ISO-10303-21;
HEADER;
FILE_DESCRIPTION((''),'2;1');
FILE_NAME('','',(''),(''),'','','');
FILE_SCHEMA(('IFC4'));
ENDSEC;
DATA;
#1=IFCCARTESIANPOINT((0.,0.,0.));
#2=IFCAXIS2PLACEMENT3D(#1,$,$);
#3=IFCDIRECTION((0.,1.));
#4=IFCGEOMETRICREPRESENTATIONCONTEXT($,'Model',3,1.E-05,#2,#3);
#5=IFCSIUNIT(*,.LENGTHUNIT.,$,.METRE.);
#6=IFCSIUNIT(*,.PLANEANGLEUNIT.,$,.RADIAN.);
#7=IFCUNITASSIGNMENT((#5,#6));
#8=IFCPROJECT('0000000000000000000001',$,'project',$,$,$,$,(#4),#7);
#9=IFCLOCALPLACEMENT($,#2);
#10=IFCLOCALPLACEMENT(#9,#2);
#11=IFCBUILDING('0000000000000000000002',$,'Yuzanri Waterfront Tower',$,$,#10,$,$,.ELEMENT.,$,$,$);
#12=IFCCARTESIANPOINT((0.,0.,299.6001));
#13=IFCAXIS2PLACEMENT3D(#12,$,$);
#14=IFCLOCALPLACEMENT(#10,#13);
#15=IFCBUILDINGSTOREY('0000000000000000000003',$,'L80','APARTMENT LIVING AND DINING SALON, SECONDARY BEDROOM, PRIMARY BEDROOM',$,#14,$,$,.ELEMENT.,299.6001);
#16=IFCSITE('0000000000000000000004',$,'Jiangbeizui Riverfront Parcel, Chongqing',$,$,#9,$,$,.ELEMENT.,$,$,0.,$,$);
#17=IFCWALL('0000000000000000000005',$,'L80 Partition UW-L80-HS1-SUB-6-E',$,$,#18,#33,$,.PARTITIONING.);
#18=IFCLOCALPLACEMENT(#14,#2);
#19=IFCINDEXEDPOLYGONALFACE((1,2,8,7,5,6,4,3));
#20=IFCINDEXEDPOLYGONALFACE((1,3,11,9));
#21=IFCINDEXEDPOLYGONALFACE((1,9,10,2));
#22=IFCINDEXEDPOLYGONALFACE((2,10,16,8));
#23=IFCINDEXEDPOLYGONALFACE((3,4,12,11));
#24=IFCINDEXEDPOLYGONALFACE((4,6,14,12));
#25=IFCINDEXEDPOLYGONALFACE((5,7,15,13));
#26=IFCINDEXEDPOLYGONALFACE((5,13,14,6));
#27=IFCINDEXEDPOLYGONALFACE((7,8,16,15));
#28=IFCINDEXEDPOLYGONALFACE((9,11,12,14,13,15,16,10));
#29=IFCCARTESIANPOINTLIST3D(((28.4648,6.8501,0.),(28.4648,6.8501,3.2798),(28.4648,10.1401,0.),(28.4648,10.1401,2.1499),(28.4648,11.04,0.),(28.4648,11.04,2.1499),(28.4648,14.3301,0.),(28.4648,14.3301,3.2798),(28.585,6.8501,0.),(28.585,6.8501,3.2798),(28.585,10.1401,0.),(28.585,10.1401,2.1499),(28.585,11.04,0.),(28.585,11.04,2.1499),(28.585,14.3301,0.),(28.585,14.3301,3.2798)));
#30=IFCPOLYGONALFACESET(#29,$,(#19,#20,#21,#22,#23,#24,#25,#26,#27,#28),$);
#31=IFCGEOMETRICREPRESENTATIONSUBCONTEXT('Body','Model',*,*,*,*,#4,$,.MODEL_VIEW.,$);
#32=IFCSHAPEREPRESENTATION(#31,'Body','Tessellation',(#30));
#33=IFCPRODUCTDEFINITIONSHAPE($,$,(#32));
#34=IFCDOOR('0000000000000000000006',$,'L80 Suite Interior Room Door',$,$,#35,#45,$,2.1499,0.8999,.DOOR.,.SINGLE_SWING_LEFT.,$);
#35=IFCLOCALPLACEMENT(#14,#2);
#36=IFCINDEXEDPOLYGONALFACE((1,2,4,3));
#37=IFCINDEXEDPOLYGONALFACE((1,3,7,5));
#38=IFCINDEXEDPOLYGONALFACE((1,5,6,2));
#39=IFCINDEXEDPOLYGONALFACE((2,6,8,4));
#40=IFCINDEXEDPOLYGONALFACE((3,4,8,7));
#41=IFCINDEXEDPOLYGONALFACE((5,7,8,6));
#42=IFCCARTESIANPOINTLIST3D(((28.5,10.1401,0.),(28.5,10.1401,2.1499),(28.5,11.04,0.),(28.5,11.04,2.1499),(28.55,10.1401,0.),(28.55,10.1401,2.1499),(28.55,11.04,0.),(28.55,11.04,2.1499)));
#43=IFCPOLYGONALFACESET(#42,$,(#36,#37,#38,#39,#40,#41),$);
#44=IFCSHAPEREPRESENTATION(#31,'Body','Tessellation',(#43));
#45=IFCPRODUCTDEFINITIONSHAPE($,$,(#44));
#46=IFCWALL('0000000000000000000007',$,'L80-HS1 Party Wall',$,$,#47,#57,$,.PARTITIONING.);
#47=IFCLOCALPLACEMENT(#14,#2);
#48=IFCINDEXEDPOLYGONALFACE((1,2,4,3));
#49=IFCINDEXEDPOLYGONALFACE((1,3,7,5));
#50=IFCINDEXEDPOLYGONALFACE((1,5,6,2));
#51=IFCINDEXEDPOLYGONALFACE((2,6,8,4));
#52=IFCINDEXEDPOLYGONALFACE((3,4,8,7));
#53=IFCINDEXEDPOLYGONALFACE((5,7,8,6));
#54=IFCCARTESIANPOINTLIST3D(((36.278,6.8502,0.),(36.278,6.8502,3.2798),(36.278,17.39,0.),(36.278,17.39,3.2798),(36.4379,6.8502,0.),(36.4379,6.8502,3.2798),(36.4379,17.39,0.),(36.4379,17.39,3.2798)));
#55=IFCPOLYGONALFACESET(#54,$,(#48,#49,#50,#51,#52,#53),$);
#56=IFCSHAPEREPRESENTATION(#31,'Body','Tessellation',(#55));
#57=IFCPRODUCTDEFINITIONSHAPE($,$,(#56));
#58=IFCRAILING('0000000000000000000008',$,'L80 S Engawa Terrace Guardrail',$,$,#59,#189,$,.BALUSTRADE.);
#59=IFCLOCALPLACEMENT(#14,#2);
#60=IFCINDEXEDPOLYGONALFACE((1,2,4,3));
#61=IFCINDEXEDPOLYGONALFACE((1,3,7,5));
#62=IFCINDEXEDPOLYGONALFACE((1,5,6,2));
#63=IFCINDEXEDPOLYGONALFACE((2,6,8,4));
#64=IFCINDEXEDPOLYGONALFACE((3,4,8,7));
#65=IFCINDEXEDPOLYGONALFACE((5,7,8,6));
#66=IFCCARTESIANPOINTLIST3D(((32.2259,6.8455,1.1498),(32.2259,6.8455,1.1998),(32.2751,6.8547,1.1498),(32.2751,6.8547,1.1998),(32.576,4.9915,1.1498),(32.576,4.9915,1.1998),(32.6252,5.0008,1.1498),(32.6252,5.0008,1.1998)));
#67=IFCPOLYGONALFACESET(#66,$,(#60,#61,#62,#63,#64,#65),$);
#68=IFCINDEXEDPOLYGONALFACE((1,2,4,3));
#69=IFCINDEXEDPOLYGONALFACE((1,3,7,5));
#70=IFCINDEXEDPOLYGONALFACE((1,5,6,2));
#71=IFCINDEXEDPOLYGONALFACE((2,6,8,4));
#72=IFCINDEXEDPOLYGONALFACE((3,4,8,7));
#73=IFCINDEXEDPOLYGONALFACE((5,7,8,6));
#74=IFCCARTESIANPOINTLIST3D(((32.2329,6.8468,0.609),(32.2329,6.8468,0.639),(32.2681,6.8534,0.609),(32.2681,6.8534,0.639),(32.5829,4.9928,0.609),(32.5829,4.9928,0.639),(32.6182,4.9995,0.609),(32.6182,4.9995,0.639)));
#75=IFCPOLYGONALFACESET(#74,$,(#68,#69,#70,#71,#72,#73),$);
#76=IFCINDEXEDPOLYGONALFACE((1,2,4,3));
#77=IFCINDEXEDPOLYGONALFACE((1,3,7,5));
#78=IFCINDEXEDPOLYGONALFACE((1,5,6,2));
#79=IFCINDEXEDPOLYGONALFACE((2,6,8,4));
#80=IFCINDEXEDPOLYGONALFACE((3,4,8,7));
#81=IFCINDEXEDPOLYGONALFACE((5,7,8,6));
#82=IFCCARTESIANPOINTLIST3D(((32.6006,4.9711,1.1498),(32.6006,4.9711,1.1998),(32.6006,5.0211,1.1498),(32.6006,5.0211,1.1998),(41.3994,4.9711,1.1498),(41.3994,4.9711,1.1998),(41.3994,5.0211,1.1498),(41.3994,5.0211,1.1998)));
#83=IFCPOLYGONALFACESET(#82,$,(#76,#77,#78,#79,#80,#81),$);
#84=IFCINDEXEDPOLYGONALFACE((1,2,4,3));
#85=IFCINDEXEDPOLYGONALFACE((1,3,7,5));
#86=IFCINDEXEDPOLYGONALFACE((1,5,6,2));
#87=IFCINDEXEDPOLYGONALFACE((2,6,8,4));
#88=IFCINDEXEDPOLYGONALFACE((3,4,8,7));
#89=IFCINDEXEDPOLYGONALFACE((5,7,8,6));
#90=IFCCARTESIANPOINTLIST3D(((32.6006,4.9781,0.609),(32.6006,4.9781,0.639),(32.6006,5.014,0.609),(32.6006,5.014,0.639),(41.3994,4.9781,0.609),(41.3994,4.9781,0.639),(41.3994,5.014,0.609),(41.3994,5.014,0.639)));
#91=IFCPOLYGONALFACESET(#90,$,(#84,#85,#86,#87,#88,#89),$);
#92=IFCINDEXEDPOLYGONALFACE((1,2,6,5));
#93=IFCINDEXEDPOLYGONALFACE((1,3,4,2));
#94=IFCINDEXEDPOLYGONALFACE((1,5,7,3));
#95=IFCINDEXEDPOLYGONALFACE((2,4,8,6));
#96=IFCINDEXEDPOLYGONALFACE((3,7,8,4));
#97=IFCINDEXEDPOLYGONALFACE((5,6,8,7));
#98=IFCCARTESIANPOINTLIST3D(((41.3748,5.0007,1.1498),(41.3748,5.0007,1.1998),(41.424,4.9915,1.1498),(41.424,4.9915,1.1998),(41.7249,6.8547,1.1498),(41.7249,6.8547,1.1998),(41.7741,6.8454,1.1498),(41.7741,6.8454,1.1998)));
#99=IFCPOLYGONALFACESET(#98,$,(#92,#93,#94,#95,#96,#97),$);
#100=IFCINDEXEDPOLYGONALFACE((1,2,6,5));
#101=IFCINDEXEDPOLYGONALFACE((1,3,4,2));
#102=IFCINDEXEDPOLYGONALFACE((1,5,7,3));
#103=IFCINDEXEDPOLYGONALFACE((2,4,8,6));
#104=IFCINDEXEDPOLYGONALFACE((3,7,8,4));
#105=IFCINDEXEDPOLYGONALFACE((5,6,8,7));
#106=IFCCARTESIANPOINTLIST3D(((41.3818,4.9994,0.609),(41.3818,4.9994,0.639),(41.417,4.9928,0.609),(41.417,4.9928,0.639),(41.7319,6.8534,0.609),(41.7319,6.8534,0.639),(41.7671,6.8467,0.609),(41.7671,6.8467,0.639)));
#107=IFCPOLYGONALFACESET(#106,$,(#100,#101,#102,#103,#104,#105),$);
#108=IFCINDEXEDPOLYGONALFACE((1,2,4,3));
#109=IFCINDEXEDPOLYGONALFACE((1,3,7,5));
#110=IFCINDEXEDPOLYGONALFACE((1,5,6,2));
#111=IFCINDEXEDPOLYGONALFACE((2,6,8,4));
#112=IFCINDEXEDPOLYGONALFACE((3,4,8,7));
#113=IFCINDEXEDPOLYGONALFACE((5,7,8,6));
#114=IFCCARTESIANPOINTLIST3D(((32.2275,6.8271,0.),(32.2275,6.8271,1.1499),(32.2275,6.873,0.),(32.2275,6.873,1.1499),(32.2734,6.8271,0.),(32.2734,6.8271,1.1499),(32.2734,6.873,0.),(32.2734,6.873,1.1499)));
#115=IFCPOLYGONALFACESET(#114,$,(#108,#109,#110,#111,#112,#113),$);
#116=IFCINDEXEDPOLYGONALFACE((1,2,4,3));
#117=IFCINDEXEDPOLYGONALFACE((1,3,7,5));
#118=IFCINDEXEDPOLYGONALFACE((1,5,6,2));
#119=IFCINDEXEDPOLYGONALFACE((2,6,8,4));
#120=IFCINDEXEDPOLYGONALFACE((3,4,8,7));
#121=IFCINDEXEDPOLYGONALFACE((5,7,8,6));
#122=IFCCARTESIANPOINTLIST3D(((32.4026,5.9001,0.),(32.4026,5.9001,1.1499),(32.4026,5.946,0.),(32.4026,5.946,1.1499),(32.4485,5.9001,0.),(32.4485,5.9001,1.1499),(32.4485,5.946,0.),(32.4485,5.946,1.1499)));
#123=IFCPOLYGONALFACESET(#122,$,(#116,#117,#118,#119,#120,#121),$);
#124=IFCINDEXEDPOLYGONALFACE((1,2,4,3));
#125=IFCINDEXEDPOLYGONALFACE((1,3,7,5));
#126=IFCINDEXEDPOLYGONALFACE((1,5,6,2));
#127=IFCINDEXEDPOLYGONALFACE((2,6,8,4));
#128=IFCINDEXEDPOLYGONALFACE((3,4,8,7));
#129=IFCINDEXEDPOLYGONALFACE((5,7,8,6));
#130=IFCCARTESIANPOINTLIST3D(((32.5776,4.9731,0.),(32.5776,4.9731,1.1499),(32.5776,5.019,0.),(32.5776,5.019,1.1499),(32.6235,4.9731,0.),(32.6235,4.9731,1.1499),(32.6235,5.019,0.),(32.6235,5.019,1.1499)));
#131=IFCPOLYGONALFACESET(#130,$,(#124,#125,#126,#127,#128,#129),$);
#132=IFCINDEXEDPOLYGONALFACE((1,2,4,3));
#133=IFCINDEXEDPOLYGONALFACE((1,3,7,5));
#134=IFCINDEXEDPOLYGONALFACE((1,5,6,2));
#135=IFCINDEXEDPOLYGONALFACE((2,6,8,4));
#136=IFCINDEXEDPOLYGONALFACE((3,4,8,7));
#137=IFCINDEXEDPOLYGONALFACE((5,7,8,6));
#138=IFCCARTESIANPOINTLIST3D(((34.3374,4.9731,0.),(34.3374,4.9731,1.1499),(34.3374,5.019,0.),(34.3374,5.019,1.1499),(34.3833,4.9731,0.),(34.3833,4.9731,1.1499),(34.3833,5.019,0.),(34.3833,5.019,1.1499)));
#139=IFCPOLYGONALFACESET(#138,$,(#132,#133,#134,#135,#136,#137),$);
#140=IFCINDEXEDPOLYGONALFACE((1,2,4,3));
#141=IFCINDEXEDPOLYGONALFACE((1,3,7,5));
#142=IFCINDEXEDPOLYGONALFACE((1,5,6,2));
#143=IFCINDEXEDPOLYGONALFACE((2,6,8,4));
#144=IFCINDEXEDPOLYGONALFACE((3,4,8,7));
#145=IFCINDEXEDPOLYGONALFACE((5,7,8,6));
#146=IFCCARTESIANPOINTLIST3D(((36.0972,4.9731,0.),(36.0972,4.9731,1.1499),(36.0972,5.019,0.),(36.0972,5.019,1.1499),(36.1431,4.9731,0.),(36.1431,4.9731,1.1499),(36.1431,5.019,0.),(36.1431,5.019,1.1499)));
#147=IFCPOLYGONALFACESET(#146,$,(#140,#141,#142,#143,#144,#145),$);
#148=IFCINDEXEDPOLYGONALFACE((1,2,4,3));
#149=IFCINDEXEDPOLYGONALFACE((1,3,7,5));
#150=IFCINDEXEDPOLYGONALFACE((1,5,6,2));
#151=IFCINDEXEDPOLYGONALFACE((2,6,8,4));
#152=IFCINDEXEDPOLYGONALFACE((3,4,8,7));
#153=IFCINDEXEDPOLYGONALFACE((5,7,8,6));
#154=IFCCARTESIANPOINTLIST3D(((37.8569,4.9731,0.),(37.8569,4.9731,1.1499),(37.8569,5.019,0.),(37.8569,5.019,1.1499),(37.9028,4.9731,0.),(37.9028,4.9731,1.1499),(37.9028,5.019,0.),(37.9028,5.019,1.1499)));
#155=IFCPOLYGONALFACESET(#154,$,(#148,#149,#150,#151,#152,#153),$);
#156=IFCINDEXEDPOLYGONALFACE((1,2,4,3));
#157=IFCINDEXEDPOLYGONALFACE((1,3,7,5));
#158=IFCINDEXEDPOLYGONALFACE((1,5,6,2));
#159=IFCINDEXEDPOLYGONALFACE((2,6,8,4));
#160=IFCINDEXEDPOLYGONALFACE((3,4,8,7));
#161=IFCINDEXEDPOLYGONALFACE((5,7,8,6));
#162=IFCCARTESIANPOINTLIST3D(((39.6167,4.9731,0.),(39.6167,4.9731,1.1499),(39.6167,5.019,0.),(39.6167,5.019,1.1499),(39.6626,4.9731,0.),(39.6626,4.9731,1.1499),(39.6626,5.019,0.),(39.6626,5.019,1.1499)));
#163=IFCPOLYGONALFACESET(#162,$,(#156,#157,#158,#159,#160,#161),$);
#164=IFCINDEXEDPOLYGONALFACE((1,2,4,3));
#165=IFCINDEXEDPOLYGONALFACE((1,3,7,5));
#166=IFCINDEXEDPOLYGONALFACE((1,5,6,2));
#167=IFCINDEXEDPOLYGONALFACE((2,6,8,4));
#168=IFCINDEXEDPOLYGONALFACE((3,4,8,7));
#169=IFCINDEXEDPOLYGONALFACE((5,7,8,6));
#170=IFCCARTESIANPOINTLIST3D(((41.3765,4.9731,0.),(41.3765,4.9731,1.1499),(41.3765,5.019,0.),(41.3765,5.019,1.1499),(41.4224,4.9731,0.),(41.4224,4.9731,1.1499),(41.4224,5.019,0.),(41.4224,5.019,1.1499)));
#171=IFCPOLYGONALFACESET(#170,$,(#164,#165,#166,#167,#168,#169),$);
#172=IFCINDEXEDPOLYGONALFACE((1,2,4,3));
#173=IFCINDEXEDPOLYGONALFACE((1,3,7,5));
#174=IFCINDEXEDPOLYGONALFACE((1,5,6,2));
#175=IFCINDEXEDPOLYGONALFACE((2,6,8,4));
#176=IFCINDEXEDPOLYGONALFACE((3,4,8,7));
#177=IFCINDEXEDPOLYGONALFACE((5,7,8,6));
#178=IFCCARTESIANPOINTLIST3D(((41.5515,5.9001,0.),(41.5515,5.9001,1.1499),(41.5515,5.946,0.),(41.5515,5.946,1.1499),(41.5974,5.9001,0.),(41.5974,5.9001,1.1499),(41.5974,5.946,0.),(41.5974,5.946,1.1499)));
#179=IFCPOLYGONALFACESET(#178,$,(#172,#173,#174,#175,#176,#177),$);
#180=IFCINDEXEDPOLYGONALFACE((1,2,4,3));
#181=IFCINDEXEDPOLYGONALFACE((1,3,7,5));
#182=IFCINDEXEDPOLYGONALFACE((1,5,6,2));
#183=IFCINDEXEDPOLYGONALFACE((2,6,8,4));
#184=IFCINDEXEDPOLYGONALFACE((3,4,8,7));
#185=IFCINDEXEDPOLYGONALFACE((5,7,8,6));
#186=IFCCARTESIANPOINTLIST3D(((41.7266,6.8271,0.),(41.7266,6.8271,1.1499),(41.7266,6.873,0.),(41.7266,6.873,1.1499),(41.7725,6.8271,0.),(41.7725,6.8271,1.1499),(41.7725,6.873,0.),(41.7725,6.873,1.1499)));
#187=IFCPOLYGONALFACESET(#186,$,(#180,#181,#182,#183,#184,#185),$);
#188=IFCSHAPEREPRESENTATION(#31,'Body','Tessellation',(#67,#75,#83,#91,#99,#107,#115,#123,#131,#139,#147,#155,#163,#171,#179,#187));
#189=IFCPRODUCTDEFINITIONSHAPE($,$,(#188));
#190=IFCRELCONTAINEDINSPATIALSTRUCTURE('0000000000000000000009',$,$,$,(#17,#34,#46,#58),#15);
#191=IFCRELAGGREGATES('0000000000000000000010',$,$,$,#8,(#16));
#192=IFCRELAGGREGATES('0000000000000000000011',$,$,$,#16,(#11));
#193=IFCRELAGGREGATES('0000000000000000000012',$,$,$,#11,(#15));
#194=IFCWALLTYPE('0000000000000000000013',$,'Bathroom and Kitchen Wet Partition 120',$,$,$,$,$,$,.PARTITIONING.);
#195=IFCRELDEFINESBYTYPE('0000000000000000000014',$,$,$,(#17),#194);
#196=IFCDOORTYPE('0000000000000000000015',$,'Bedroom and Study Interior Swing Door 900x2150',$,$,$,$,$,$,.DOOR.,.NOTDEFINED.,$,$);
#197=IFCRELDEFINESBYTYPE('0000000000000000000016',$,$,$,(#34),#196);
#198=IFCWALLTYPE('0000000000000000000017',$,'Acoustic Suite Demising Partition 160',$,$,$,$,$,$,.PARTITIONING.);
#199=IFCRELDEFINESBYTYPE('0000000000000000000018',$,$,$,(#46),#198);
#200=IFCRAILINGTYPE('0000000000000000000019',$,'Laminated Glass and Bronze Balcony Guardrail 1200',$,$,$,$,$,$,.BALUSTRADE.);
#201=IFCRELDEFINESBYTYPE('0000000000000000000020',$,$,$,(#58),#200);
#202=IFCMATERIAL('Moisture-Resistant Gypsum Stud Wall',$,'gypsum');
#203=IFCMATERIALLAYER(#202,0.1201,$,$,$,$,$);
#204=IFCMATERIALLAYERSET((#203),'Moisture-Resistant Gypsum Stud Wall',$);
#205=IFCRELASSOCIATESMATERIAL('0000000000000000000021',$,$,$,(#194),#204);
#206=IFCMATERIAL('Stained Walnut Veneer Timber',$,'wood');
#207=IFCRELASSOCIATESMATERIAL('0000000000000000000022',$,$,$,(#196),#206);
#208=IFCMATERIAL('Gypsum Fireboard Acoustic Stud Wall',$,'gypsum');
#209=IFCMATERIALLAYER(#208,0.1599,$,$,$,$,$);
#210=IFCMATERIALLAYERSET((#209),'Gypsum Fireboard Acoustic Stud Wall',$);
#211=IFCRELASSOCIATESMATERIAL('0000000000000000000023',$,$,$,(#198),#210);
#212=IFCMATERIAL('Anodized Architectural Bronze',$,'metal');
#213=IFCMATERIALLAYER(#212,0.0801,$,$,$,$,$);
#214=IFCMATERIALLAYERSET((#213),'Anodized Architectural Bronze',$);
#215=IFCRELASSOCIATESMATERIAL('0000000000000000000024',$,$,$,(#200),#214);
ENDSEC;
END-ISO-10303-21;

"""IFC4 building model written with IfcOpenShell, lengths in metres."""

from ifc_helpers import new_model, si_unit, direction, frame, frame_2d, origin, origin_2d, place, context, subcontext, project, spatial, rectangle, extrude, source, transform, mapped, material, layer, layer_set, type_object, element, fill, save


model = new_model("IFC4")

# Units and contexts
model_context = context("Model", 3, precision=1e-05, world=origin(), true_north=direction((0.0, 1.0)))
body_context = subcontext(model_context, "Body", "Model", "MODEL_VIEW")
ifc_project = project(units=[si_unit("LENGTHUNIT", "METRE"), si_unit("PLANEANGLEUNIT", "RADIAN")], contexts=[model_context])

# Site, building, storey
site_placement = place(None, origin())
site = spatial("IfcSite", under=ifc_project, at=site_placement, Name="Jiangbeizui Riverfront Parcel, Chongqing", CompositionType="ELEMENT", RefElevation=0.0)
building_placement = place(site_placement, origin())
building = spatial("IfcBuilding", under=site, at=building_placement, Name="Yuzanri Waterfront Tower", CompositionType="ELEMENT")
storey_placement = place(building_placement, frame((0.0, 0.0, 299.6001)))
storey = spatial("IfcBuildingStorey", under=building, at=storey_placement, Name="L80", Description="APARTMENT LIVING AND DINING SALON, SECONDARY BEDROOM, PRIMARY BEDROOM", CompositionType="ELEMENT", Elevation=299.6001)

# Wall, opening, door
ifc_material_1 = material(Name="Moisture-Resistant Gypsum Stud Wall", Category="gypsum")
ifc_layer_1 = layer(ifc_material_1, 0.1201)
ifc_layer_set_1 = layer_set([ifc_layer_1], Name="Moisture-Resistant Gypsum Stud Wall")
wall_type_1 = type_object("IfcWallType", Name="Bathroom and Kitchen Wet Partition 120", PredefinedType="PARTITIONING", material=ifc_layer_set_1)
ifc_material_2 = material(Name="Stained Walnut Veneer Timber", Category="wood")
door_type = type_object("IfcDoorType", Name="Bedroom and Study Interior Swing Door 900x2150", OperationType="NOTDEFINED", PredefinedType="DOOR", material=ifc_material_2)
shared_shape_1 = source(origin(), body_context, "Body", "SweptSolid", [
    extrude(rectangle(XDim=0.8999, YDim=2.1499, at=frame_2d((0.45, 1.075))), frame((0.0, 0.0249, 0.0), z_axis=(0.0, -1.0, 0.0), x_axis=(1.0, 0.0, 0.0)), (0.0, 0.0, 1.0), 0.05),
])
wall_1_placement = place(storey_placement, frame((28.5249, 6.8501, 0.0), z_axis=(0.0, 0.0, 1.0), x_axis=(0.0, 1.0, 0.0)))
wall_1 = element("IfcWall", 1, at=wall_1_placement, inside=storey, type_object=wall_type_1, Name="L80 Partition UW-L80-HS1-SUB-6-E", PredefinedType="PARTITIONING", context=body_context, shape_type="SweptSolid", body=[
    extrude(rectangle(XDim=7.48, YDim=0.1201, at=frame_2d((3.74, 0.0))), origin(), (0.0, 0.0, 1.0), 3.2798),
])
opening_1_placement = place(wall_1_placement, frame((3.29, 0.0, 0.0)))
opening_1 = element("IfcOpeningElement", 2, at=opening_1_placement, cuts=wall_1, PredefinedType="OPENING", context=body_context, shape_type="SweptSolid", body=[
    extrude(rectangle(XDim=0.8999, YDim=2.1499, at=frame_2d((0.45, 1.075))), frame((0.0, 0.075, 0.0), z_axis=(0.0, -1.0, 0.0), x_axis=(1.0, 0.0, 0.0)), (0.0, 0.0, 1.0), 0.1499),
])
door_1_placement = place(opening_1_placement, origin())
door_1 = element("IfcDoor", 3, at=door_1_placement, inside=storey, type_object=door_type, Name="L80 Suite Interior Room Door", OperationType="SINGLE_SWING_LEFT", OverallHeight=2.1499, OverallWidth=0.8999, PredefinedType="DOOR", context=body_context, shape_type="MappedRepresentation", body=[
    mapped(shared_shape_1, transform((0.0, 0.0, 0.0), scale=1.0)),
])
fill(opening_1, door_1)

# Wall
ifc_material_3 = material(Name="Gypsum Fireboard Acoustic Stud Wall", Category="gypsum")
ifc_layer_2 = layer(ifc_material_3, 0.1599)
ifc_layer_set_2 = layer_set([ifc_layer_2], Name="Gypsum Fireboard Acoustic Stud Wall")
wall_type_2 = type_object("IfcWallType", Name="Acoustic Suite Demising Partition 160", PredefinedType="PARTITIONING", material=ifc_layer_set_2)
shared_shape_2 = source(origin(), body_context, "Body", "SweptSolid", [
    extrude(rectangle(XDim=10.5398, YDim=0.1599, at=frame_2d((5.27, 0.0))), origin(), (0.0, 0.0, 1.0), 3.2798),
])
wall_2_placement = place(storey_placement, frame((36.3579, 6.8501, 0.0), z_axis=(0.0, 0.0, 1.0), x_axis=(0.0, 1.0, 0.0)))
element("IfcWall", 4, at=wall_2_placement, inside=storey, type_object=wall_type_2, Name="L80-HS1 Party Wall", PredefinedType="PARTITIONING", context=body_context, shape_type="MappedRepresentation", body=[
    mapped(shared_shape_2, transform((0.0, 0.0, 0.0), scale=1.0)),
])

# Railing
ifc_material_4 = material(Name="Anodized Architectural Bronze", Category="metal")
ifc_layer_3 = layer(ifc_material_4, 0.0801)
ifc_layer_set_3 = layer_set([ifc_layer_3], Name="Anodized Architectural Bronze")
railing_type = type_object("IfcRailingType", Name="Laminated Glass and Bronze Balcony Guardrail 1200", PredefinedType="BALUSTRADE", material=ifc_layer_set_3)
shared_shape_3 = source(origin(), body_context, "Body", "SweptSolid", [
    extrude(rectangle(XDim=0.05, YDim=0.05, at=origin_2d()), frame((0.0, 0.0, 1.1748), z_axis=(0.185554, -0.982634, 0.0), x_axis=(0.982634, 0.185554, 0.0)), (0.0, 0.0, 1.0), 1.8867),
    extrude(rectangle(XDim=0.0359, YDim=0.03, at=origin_2d()), frame((0.0, 0.0, 0.624), z_axis=(0.185554, -0.982634, 0.0), x_axis=(0.982634, 0.185554, 0.0)), (0.0, 0.0, 1.0), 1.8867),
    extrude(rectangle(XDim=0.05, YDim=0.05, at=origin_2d()), frame((0.3501, -1.854, 1.1748), z_axis=(1.0, 0.0, 0.0), x_axis=(0.0, 1.0, 0.0)), (0.0, 0.0, 1.0), 8.7988),
    extrude(rectangle(XDim=0.0359, YDim=0.03, at=origin_2d()), frame((0.3501, -1.854, 0.624), z_axis=(1.0, 0.0, 0.0), x_axis=(0.0, 1.0, 0.0)), (0.0, 0.0, 1.0), 8.7988),
    extrude(rectangle(XDim=0.05, YDim=0.05, at=origin_2d()), frame((9.1489, -1.854, 1.1748), z_axis=(0.185554, 0.982634, 0.0), x_axis=(-0.982634, 0.185554, 0.0)), (0.0, 0.0, 1.0), 1.8867),
    extrude(rectangle(XDim=0.0359, YDim=0.03, at=origin_2d()), frame((9.1489, -1.854, 0.624), z_axis=(0.185554, 0.982634, 0.0), x_axis=(-0.982634, 0.185554, 0.0)), (0.0, 0.0, 1.0), 1.8867),
    extrude(rectangle(XDim=0.0459, YDim=0.0459, at=origin_2d()), origin(), (0.0, 0.0, 1.0), 1.1499),
    extrude(rectangle(XDim=0.0459, YDim=0.0459, at=origin_2d()), frame((0.175, -0.927, 0.0)), (0.0, 0.0, 1.0), 1.1499),
    extrude(rectangle(XDim=0.0459, YDim=0.0459, at=origin_2d()), frame((0.3501, -1.854, 0.0)), (0.0, 0.0, 1.0), 1.1499),
    extrude(rectangle(XDim=0.0459, YDim=0.0459, at=origin_2d()), frame((2.1099, -1.854, 0.0)), (0.0, 0.0, 1.0), 1.1499),
    extrude(rectangle(XDim=0.0459, YDim=0.0459, at=origin_2d()), frame((3.8696, -1.854, 0.0)), (0.0, 0.0, 1.0), 1.1499),
    extrude(rectangle(XDim=0.0459, YDim=0.0459, at=origin_2d()), frame((5.6294, -1.854, 0.0)), (0.0, 0.0, 1.0), 1.1499),
    extrude(rectangle(XDim=0.0459, YDim=0.0459, at=origin_2d()), frame((7.3892, -1.854, 0.0)), (0.0, 0.0, 1.0), 1.1499),
    extrude(rectangle(XDim=0.0459, YDim=0.0459, at=origin_2d()), frame((9.1489, -1.854, 0.0)), (0.0, 0.0, 1.0), 1.1499),
    extrude(rectangle(XDim=0.0459, YDim=0.0459, at=origin_2d()), frame((9.324, -0.927, 0.0)), (0.0, 0.0, 1.0), 1.1499),
    extrude(rectangle(XDim=0.0459, YDim=0.0459, at=origin_2d()), frame((9.499, 0.0, 0.0)), (0.0, 0.0, 1.0), 1.1499),
])
railing_placement = place(storey_placement, frame((32.2505, 6.8501, 0.0)))
element("IfcRailing", 5, at=railing_placement, inside=storey, type_object=railing_type, Name="L80 S Engawa Terrace Guardrail", PredefinedType="BALUSTRADE", context=body_context, shape_type="MappedRepresentation", body=[
    mapped(shared_shape_3, transform((0.0, 0.0, 0.0), scale=1.0)),
])

save(model, "model.ifc")
